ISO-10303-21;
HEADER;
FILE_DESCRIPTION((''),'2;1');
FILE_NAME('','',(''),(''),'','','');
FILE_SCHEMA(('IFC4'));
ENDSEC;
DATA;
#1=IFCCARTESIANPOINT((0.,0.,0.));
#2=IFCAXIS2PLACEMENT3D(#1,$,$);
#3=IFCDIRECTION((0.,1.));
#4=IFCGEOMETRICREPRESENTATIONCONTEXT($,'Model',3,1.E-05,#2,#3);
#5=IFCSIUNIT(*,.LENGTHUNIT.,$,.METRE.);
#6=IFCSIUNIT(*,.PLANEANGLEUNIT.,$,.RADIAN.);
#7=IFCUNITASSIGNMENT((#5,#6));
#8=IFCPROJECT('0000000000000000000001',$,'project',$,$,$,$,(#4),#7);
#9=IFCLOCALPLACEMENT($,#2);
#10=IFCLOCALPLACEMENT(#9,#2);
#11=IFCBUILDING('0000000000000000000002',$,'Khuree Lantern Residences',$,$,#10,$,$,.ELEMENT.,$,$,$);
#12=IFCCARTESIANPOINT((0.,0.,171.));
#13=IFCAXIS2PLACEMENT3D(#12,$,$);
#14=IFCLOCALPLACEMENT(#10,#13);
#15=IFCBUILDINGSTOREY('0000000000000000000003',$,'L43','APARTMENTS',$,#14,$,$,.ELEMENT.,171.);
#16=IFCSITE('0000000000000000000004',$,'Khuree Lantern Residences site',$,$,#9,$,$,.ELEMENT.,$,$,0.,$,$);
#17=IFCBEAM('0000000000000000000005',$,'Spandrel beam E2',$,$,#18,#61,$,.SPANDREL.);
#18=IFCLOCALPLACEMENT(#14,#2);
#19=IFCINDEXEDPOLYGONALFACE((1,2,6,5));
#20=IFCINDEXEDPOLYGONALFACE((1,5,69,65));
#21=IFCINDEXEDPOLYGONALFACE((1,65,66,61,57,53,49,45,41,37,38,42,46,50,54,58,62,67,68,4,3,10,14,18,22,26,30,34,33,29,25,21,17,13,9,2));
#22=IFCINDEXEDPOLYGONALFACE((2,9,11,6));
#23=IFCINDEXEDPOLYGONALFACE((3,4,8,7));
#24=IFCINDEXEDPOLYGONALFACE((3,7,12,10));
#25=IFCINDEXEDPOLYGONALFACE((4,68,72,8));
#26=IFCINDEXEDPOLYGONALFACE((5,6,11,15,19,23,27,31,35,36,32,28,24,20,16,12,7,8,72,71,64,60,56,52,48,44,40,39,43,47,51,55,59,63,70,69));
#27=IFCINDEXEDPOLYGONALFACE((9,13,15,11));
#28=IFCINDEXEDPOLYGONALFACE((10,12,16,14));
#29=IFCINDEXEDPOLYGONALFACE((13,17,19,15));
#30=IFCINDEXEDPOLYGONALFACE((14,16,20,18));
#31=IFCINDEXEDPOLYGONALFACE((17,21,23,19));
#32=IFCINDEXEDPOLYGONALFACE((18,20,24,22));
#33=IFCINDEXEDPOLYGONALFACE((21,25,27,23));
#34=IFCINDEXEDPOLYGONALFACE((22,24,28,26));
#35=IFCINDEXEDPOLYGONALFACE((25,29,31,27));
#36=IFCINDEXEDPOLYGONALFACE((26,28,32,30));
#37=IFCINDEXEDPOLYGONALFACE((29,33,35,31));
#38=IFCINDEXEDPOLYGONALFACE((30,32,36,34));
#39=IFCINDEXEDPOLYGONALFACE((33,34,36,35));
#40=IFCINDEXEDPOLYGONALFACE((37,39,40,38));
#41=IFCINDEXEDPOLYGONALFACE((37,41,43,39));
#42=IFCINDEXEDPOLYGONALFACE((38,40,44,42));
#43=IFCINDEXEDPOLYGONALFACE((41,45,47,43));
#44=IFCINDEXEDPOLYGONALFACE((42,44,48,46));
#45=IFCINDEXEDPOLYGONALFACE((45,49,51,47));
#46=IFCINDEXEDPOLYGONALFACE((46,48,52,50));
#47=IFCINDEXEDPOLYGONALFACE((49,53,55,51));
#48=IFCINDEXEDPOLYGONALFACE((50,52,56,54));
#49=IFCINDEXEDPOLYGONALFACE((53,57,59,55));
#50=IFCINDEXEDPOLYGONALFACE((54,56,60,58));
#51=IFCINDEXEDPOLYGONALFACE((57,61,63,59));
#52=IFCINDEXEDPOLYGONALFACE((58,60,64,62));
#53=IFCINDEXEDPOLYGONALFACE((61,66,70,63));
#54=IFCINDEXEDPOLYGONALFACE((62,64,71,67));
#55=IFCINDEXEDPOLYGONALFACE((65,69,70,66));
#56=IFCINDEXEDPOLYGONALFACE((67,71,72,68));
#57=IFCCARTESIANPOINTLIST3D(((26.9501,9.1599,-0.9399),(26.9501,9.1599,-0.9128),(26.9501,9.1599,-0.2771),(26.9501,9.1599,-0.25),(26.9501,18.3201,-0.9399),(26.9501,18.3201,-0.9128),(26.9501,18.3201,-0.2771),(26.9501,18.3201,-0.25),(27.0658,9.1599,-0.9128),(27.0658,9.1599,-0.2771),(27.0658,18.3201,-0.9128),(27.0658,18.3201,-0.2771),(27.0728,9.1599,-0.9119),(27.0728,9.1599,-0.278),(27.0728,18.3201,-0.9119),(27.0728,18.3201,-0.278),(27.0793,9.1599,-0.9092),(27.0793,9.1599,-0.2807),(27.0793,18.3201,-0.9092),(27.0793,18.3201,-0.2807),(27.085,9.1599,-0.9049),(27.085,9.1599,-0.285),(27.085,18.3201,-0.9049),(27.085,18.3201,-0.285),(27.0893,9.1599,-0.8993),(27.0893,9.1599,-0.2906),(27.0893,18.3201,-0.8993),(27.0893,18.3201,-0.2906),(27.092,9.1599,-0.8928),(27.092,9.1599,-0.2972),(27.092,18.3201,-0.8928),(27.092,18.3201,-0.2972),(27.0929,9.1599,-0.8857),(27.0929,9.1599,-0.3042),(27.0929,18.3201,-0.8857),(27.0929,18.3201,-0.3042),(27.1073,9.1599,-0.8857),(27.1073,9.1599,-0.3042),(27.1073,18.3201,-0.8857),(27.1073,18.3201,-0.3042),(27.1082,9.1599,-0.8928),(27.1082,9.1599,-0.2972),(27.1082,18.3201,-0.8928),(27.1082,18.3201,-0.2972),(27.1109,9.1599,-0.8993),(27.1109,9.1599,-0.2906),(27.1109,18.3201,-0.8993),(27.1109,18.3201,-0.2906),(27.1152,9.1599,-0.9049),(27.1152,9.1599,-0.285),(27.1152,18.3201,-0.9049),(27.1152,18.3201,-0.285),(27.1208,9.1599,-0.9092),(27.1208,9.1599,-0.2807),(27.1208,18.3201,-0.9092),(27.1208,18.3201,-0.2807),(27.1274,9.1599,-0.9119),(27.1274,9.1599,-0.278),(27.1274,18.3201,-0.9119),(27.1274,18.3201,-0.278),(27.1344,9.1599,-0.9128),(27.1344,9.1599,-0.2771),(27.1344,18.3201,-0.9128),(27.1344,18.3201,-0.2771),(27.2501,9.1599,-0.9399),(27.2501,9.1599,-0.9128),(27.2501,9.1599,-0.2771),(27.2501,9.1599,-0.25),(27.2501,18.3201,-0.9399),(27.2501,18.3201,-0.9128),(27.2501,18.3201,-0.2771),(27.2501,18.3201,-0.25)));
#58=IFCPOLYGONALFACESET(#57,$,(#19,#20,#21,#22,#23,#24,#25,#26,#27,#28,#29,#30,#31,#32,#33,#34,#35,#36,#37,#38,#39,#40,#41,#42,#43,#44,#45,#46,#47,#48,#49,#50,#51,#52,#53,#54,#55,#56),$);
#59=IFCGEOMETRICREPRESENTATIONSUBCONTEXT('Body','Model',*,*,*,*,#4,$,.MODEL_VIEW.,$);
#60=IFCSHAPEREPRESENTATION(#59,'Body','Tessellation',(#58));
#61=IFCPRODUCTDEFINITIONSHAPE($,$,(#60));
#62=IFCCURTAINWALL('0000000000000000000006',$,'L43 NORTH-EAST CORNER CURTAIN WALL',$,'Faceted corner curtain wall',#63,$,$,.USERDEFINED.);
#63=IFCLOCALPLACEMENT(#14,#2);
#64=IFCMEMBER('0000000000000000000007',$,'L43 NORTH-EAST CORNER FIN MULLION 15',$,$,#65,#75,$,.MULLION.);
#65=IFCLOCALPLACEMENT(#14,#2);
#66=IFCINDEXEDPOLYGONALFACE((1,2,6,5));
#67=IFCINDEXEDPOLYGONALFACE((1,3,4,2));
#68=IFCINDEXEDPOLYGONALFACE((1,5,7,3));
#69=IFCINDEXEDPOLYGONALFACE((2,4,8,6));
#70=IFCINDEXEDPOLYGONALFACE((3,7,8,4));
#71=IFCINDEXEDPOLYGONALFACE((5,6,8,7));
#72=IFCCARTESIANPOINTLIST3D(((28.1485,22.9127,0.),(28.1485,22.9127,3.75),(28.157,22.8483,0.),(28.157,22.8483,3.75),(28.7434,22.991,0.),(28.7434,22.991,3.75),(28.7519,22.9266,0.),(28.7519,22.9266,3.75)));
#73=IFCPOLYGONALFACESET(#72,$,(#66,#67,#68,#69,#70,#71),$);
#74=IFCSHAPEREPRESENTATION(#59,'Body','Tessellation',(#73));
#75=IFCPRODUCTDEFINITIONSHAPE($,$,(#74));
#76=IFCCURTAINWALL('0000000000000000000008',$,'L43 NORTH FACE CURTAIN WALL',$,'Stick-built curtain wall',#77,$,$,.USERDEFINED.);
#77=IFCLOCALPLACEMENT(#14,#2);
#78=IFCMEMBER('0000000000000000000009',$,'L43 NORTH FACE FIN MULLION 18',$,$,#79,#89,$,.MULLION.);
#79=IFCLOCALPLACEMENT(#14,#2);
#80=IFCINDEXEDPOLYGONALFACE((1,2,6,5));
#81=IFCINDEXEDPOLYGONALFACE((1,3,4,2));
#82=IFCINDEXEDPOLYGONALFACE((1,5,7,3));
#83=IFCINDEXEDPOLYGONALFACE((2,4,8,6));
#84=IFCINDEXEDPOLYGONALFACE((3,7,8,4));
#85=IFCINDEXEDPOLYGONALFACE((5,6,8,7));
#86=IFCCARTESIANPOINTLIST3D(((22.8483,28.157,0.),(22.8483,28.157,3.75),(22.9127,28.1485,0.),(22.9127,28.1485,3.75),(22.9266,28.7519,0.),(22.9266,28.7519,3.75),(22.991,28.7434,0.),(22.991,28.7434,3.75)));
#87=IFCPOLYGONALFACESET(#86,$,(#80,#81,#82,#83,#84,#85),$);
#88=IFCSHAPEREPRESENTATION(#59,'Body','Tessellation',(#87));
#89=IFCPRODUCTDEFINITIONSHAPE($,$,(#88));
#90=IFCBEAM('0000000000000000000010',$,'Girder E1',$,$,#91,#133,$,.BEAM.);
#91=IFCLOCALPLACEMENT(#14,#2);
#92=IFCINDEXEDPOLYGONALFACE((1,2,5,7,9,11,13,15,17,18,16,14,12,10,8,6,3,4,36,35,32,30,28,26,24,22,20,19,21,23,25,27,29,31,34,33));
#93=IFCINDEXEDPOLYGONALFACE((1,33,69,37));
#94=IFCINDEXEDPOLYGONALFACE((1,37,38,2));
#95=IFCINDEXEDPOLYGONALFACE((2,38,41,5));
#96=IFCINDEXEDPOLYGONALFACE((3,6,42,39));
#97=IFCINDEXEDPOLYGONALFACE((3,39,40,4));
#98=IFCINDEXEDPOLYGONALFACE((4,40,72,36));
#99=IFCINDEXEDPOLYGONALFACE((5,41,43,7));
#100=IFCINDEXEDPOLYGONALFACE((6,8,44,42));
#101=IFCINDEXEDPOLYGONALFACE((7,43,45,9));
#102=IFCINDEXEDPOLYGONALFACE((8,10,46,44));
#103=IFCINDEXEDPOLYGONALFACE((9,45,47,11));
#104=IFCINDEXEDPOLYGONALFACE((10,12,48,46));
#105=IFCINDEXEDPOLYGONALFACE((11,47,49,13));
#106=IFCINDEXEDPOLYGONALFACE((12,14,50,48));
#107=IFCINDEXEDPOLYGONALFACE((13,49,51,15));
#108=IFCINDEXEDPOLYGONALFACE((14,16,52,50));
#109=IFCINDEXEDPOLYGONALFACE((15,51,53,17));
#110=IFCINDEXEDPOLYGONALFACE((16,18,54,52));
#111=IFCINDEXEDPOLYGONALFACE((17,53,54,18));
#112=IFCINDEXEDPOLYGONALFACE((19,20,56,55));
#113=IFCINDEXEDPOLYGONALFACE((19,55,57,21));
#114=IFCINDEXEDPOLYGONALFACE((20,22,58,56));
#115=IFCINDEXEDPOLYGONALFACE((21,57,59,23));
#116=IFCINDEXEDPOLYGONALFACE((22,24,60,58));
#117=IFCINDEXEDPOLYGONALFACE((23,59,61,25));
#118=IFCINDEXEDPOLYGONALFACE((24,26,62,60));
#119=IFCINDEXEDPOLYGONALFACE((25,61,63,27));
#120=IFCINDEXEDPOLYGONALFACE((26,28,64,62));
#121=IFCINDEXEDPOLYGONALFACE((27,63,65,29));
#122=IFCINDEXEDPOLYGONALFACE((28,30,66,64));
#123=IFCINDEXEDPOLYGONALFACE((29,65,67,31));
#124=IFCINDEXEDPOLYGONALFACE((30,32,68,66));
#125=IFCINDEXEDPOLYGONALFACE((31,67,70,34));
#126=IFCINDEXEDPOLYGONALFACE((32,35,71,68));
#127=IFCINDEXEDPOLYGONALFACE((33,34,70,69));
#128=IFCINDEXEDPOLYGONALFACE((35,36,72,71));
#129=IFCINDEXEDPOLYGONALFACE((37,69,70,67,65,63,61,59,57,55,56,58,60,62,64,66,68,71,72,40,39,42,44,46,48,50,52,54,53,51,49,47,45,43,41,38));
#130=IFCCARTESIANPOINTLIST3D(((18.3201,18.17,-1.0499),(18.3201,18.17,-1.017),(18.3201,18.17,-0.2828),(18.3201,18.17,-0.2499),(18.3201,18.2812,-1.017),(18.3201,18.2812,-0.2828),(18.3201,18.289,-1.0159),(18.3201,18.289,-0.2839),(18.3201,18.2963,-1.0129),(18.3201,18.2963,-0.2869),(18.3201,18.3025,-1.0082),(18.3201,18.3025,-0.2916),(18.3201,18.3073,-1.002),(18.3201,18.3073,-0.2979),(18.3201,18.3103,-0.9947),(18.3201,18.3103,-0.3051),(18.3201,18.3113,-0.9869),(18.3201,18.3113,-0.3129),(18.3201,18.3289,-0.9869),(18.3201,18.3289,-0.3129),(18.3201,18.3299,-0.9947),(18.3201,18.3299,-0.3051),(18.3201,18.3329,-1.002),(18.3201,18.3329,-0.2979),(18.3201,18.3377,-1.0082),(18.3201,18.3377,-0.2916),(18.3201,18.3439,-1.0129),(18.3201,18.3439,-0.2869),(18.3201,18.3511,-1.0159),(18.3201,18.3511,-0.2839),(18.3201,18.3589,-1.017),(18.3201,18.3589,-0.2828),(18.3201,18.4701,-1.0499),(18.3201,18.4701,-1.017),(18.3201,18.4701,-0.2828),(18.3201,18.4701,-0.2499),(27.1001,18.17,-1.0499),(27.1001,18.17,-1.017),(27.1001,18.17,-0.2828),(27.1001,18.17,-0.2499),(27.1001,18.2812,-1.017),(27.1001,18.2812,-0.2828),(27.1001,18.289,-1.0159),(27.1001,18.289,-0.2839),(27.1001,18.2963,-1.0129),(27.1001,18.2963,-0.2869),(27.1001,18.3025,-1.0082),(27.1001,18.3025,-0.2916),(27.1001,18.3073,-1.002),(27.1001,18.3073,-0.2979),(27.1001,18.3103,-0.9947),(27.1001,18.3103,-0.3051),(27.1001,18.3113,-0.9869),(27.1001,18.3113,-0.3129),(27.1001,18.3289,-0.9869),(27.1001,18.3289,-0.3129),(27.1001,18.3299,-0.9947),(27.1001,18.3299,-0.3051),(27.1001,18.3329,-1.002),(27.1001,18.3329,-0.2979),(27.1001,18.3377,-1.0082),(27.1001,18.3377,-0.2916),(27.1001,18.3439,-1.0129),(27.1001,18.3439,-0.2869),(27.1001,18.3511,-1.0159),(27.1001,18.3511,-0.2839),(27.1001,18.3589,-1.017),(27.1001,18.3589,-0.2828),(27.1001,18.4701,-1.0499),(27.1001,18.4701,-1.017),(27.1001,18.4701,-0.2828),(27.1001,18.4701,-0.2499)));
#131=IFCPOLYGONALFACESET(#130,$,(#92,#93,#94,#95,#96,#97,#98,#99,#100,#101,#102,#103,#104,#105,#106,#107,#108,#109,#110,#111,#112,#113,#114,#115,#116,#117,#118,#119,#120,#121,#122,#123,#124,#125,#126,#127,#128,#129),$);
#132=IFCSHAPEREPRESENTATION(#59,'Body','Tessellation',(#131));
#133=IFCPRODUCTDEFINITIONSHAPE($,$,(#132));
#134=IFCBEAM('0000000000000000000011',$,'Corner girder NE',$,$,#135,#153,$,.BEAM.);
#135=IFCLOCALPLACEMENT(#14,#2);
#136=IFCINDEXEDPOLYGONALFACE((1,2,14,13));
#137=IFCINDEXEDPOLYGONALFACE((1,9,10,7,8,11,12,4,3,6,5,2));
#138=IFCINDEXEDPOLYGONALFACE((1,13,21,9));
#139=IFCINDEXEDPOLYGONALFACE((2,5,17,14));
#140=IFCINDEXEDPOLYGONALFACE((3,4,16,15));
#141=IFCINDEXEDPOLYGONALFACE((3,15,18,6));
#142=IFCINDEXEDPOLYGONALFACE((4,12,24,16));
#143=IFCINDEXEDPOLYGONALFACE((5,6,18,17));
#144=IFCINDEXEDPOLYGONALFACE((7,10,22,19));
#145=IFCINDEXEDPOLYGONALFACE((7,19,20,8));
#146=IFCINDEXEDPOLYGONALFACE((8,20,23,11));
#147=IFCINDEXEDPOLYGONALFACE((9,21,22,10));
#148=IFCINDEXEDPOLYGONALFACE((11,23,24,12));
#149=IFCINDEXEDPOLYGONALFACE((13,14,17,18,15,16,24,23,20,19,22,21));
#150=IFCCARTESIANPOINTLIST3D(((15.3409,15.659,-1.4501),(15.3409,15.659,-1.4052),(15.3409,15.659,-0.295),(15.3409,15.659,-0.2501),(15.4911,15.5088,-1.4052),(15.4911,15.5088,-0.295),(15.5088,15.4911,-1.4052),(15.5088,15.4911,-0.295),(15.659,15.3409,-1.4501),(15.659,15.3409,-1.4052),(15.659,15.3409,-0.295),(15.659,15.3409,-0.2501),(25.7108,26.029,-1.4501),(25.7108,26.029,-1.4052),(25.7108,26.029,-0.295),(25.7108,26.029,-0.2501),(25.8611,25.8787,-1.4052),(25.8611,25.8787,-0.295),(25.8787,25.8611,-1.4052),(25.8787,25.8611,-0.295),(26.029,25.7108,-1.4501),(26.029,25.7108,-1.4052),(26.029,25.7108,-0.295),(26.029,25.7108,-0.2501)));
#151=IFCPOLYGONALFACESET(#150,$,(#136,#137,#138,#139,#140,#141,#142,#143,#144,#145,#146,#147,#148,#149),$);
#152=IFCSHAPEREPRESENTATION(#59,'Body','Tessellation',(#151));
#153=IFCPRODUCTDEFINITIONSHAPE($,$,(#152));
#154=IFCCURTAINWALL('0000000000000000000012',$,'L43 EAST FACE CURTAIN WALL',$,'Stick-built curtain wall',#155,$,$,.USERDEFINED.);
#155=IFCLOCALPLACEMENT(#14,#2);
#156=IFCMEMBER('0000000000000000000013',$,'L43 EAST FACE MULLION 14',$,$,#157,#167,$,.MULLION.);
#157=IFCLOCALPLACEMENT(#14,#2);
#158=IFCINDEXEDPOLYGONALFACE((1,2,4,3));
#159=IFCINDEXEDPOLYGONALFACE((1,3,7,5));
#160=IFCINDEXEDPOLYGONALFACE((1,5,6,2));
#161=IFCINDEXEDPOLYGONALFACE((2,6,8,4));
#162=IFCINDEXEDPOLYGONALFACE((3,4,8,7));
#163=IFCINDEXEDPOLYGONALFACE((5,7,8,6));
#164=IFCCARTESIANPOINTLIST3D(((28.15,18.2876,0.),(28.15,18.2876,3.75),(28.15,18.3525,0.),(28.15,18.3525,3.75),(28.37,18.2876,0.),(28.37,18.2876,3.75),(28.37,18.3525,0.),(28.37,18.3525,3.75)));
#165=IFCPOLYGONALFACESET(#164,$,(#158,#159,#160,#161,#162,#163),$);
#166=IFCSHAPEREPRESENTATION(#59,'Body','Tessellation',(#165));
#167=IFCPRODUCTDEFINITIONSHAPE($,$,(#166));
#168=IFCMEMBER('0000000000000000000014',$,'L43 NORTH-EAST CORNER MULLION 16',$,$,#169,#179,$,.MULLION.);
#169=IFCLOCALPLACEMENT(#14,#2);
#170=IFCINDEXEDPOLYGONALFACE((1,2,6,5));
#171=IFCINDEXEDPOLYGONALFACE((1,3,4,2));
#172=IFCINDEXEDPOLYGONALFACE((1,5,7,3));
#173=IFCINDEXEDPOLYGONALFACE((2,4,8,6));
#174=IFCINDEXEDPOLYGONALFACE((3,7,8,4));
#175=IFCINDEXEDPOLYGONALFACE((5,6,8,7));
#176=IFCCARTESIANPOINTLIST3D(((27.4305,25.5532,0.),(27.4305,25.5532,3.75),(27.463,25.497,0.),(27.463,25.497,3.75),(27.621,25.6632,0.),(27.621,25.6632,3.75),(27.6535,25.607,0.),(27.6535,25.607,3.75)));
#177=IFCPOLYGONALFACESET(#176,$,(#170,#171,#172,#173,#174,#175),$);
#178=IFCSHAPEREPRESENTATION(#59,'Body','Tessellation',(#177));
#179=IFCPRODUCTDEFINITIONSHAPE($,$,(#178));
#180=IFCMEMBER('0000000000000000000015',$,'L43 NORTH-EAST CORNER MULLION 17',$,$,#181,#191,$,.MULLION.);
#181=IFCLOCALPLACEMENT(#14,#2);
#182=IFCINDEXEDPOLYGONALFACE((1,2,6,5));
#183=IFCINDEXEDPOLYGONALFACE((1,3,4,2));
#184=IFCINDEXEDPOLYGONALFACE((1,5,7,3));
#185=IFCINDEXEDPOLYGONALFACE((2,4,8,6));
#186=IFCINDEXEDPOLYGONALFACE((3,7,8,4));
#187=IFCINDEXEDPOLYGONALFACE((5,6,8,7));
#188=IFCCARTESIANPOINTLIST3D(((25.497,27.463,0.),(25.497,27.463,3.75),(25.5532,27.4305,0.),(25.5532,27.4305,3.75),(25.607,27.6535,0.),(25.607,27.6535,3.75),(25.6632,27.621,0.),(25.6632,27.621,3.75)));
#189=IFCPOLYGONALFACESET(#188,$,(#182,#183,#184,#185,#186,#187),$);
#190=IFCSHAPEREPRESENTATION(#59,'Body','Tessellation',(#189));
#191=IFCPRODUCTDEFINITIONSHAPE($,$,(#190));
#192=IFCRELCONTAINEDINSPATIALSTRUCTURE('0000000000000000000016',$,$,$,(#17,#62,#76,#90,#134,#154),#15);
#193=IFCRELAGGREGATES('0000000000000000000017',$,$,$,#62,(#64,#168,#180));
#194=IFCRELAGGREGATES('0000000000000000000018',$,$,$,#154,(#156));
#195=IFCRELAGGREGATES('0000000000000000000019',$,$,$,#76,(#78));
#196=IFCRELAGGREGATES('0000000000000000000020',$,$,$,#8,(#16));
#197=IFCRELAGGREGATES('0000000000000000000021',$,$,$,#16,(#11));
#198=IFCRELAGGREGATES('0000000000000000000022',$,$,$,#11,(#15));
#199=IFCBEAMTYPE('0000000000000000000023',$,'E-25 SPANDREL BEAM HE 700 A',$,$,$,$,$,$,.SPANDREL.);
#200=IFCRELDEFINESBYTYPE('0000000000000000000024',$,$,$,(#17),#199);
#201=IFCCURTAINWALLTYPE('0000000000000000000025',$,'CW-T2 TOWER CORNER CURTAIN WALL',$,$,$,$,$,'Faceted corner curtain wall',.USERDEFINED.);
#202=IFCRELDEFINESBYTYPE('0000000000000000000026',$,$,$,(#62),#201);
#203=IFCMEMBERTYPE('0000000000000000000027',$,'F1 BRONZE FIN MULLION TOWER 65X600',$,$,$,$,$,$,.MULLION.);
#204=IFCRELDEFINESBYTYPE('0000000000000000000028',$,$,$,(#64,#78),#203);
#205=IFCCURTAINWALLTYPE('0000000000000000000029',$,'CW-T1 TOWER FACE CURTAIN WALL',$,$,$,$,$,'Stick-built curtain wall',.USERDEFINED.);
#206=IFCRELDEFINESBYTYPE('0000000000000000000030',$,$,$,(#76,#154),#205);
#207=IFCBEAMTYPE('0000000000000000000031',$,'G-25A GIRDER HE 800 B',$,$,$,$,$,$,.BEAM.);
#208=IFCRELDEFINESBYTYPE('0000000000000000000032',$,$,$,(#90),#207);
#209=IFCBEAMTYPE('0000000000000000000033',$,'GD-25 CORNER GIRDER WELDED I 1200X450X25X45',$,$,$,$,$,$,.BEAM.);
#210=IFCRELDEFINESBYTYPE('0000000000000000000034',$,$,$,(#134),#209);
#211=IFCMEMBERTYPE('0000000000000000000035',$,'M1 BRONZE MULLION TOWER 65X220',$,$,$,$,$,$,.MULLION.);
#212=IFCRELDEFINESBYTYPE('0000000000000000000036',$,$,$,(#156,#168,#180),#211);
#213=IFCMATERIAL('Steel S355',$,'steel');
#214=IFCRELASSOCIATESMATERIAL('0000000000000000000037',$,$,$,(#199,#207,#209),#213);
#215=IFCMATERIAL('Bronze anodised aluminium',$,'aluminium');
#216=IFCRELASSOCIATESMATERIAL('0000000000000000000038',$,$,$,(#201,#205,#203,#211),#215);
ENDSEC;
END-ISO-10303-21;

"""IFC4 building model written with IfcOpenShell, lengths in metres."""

from ifc_helpers import new_model, si_unit, direction, frame, origin, origin_2d, place, context, subcontext, project, spatial, rectangle, i_section, extrude, material, material_profile, profile_set, type_object, element, aggregate, save


model = new_model("IFC4")

# Units and contexts
model_context = context("Model", 3, precision=1e-05, world=origin(), true_north=direction((0.0, 1.0)))
body_context = subcontext(model_context, "Body", "Model", "MODEL_VIEW")
ifc_project = project(units=[si_unit("LENGTHUNIT", "METRE"), si_unit("PLANEANGLEUNIT", "RADIAN")], contexts=[model_context])

# Site, building, storey
site_placement = place(None, origin())
site = spatial("IfcSite", under=ifc_project, at=site_placement, Name="Khuree Lantern Residences site", CompositionType="ELEMENT", RefElevation=0.0)
building_placement = place(site_placement, origin())
building = spatial("IfcBuilding", under=site, at=building_placement, Name="Khuree Lantern Residences", CompositionType="ELEMENT")
storey_placement = place(building_placement, frame((0.0, 0.0, 171.0)))
storey = spatial("IfcBuildingStorey", under=building, at=storey_placement, Name="L43", Description="APARTMENTS", CompositionType="ELEMENT", Elevation=171.0)

# Beam
ifc_material_1 = material(Name="Steel S355", Category="steel")
ifc_material_profile_1 = material_profile(ifc_material_1, i_section(OverallWidth=0.3, OverallDepth=0.6899, WebThickness=0.0144, FlangeThickness=0.0271, FilletRadius=0.0271, at=origin_2d()), Name="HE 700 A")
ifc_profile_set_1 = profile_set([ifc_material_profile_1], Name="Steel S355")
beam_type_1 = type_object("IfcBeamType", Name="E-25 SPANDREL BEAM HE 700 A", PredefinedType="SPANDREL", material=ifc_profile_set_1)
beam_1_placement = place(storey_placement, frame((27.1001, 18.3201, -0.595), z_axis=(0.0, -1.0, 0.0), x_axis=(1.0, 0.0, 0.0)))
element("IfcBeam", 1, at=beam_1_placement, inside=storey, type_object=beam_type_1, Name="Spandrel beam E2", PredefinedType="SPANDREL", context=body_context, shape_type="SweptSolid", body=[
    extrude(i_section(OverallWidth=0.3, OverallDepth=0.6899, WebThickness=0.0144, FlangeThickness=0.0271, FilletRadius=0.0271, at=origin_2d()), origin(), (0.0, 0.0, 1.0), 9.1602),
])

# Curtain walls, members
ifc_material_2 = material(Name="Bronze anodised aluminium", Category="aluminium")
curtain_wall_type_1 = type_object("IfcCurtainWallType", Name="CW-T2 TOWER CORNER CURTAIN WALL", ElementType="Faceted corner curtain wall", PredefinedType="USERDEFINED", material=ifc_material_2)
curtain_wall_1_placement = place(storey_placement, origin())
curtain_wall_1 = element("IfcCurtainWall", 2, at=curtain_wall_1_placement, inside=storey, type_object=curtain_wall_type_1, Name="L43 NORTH-EAST CORNER CURTAIN WALL", ObjectType="Faceted corner curtain wall", PredefinedType="USERDEFINED")
ifc_material_profile_2 = material_profile(ifc_material_2, rectangle(XDim=0.0649, YDim=0.6001, at=origin_2d()), Name="F1 65X600")
ifc_profile_set_2 = profile_set([ifc_material_profile_2], Name="Bronze anodised aluminium")
member_type_1 = type_object("IfcMemberType", Name="F1 BRONZE FIN MULLION TOWER 65X600", PredefinedType="MULLION", material=ifc_profile_set_2)
member_1_placement = place(storey_placement, frame((28.4502, 22.9197, 0.0), z_axis=(0.0, 0.0, 1.0), x_axis=(-0.130526, 0.991445, 0.0)))
member_1 = element("IfcMember", 3, at=member_1_placement, type_object=member_type_1, Name="L43 NORTH-EAST CORNER FIN MULLION 15", PredefinedType="MULLION", context=body_context, shape_type="SweptSolid", body=[
    extrude(rectangle(XDim=0.0649, YDim=0.6001, at=origin_2d()), origin(), (0.0, 0.0, 1.0), 3.75),
])
curtain_wall_type_2 = type_object("IfcCurtainWallType", Name="CW-T1 TOWER FACE CURTAIN WALL", ElementType="Stick-built curtain wall", PredefinedType="USERDEFINED", material=ifc_material_2)
curtain_wall_2_placement = place(storey_placement, origin())
curtain_wall_2 = element("IfcCurtainWall", 4, at=curtain_wall_2_placement, inside=storey, type_object=curtain_wall_type_2, Name="L43 NORTH FACE CURTAIN WALL", ObjectType="Stick-built curtain wall", PredefinedType="USERDEFINED")
member_2_placement = place(storey_placement, frame((22.9197, 28.4502, 0.0), z_axis=(0.0, 0.0, 1.0), x_axis=(-0.991445, 0.130526, 0.0)))
member_2 = element("IfcMember", 5, at=member_2_placement, type_object=member_type_1, Name="L43 NORTH FACE FIN MULLION 18", PredefinedType="MULLION", context=body_context, shape_type="SweptSolid", body=[
    extrude(rectangle(XDim=0.0649, YDim=0.6001, at=origin_2d()), origin(), (0.0, 0.0, 1.0), 3.75),
])

# Beams
ifc_material_profile_3 = material_profile(ifc_material_1, i_section(OverallWidth=0.3, OverallDepth=0.8, WebThickness=0.0176, FlangeThickness=0.033, FilletRadius=0.03, at=origin_2d()), Name="HE 800 B")
ifc_profile_set_3 = profile_set([ifc_material_profile_3], Name="Steel S355")
beam_type_2 = type_object("IfcBeamType", Name="G-25A GIRDER HE 800 B", PredefinedType="BEAM", material=ifc_profile_set_3)
beam_2_placement = place(storey_placement, frame((27.1001, 18.3201, -0.6499), z_axis=(-1.0, 0.0, 0.0), x_axis=(0.0, -1.0, 0.0)))
element("IfcBeam", 6, at=beam_2_placement, inside=storey, type_object=beam_type_2, Name="Girder E1", PredefinedType="BEAM", context=body_context, shape_type="SweptSolid", body=[
    extrude(i_section(OverallWidth=0.3, OverallDepth=0.8, WebThickness=0.0176, FlangeThickness=0.033, FilletRadius=0.03, at=origin_2d()), origin(), (0.0, 0.0, 1.0), 8.78),
])
ifc_material_profile_4 = material_profile(ifc_material_1, i_section(OverallWidth=0.45, OverallDepth=1.2, WebThickness=0.0249, FlangeThickness=0.0449, at=origin_2d()), Name="WELDED I 1200X450X25X45")
ifc_profile_set_4 = profile_set([ifc_material_profile_4], Name="Steel S355")
beam_type_3 = type_object("IfcBeamType", Name="GD-25 CORNER GIRDER WELDED I 1200X450X25X45", PredefinedType="BEAM", material=ifc_profile_set_4)
beam_3_placement = place(storey_placement, frame((25.8699, 25.8699, -0.8501), z_axis=(-0.707107, -0.707107, 0.0), x_axis=(0.707107, -0.707107, 0.0)))
element("IfcBeam", 7, at=beam_3_placement, inside=storey, type_object=beam_type_3, Name="Corner girder NE", PredefinedType="BEAM", context=body_context, shape_type="SweptSolid", body=[
    extrude(i_section(OverallWidth=0.45, OverallDepth=1.2, WebThickness=0.0249, FlangeThickness=0.0449, at=origin_2d()), origin(), (0.0, 0.0, 1.0), 14.6653),
])

# Curtain wall, member
curtain_wall_3_placement = place(storey_placement, origin())
curtain_wall_3 = element("IfcCurtainWall", 8, at=curtain_wall_3_placement, inside=storey, type_object=curtain_wall_type_2, Name="L43 EAST FACE CURTAIN WALL", ObjectType="Stick-built curtain wall", PredefinedType="USERDEFINED")
ifc_material_profile_5 = material_profile(ifc_material_2, rectangle(XDim=0.0649, YDim=0.22, at=origin_2d()), Name="M1 65X220")
ifc_profile_set_5 = profile_set([ifc_material_profile_5], Name="Bronze anodised aluminium")
member_type_2 = type_object("IfcMemberType", Name="M1 BRONZE MULLION TOWER 65X220", PredefinedType="MULLION", material=ifc_profile_set_5)
member_3_placement = place(storey_placement, frame((28.26, 18.3201, 0.0), z_axis=(0.0, 0.0, 1.0), x_axis=(0.0, 1.0, 0.0)))
member_3 = element("IfcMember", 9, at=member_3_placement, type_object=member_type_2, Name="L43 EAST FACE MULLION 14", PredefinedType="MULLION", context=body_context, shape_type="SweptSolid", body=[
    extrude(rectangle(XDim=0.0649, YDim=0.22, at=origin_2d()), origin(), (0.0, 0.0, 1.0), 3.75),
])

# Members
member_4_placement = place(storey_placement, frame((27.542, 25.5801, 0.0), z_axis=(0.0, 0.0, 1.0), x_axis=(-0.5, 0.866025, 0.0)))
member_4 = element("IfcMember", 10, at=member_4_placement, type_object=member_type_2, Name="L43 NORTH-EAST CORNER MULLION 16", PredefinedType="MULLION", context=body_context, shape_type="SweptSolid", body=[
    extrude(rectangle(XDim=0.0649, YDim=0.22, at=origin_2d()), origin(), (0.0, 0.0, 1.0), 3.75),
])
member_5_placement = place(storey_placement, frame((25.5801, 27.542, 0.0), z_axis=(0.0, 0.0, 1.0), x_axis=(-0.866025, 0.5, 0.0)))
member_5 = element("IfcMember", 11, at=member_5_placement, type_object=member_type_2, Name="L43 NORTH-EAST CORNER MULLION 17", PredefinedType="MULLION", context=body_context, shape_type="SweptSolid", body=[
    extrude(rectangle(XDim=0.0649, YDim=0.22, at=origin_2d()), origin(), (0.0, 0.0, 1.0), 3.75),
])

aggregate(curtain_wall_1, [member_1, member_4, member_5])
aggregate(curtain_wall_3, [member_3])
aggregate(curtain_wall_2, [member_2])

save(model, "model.ifc")
